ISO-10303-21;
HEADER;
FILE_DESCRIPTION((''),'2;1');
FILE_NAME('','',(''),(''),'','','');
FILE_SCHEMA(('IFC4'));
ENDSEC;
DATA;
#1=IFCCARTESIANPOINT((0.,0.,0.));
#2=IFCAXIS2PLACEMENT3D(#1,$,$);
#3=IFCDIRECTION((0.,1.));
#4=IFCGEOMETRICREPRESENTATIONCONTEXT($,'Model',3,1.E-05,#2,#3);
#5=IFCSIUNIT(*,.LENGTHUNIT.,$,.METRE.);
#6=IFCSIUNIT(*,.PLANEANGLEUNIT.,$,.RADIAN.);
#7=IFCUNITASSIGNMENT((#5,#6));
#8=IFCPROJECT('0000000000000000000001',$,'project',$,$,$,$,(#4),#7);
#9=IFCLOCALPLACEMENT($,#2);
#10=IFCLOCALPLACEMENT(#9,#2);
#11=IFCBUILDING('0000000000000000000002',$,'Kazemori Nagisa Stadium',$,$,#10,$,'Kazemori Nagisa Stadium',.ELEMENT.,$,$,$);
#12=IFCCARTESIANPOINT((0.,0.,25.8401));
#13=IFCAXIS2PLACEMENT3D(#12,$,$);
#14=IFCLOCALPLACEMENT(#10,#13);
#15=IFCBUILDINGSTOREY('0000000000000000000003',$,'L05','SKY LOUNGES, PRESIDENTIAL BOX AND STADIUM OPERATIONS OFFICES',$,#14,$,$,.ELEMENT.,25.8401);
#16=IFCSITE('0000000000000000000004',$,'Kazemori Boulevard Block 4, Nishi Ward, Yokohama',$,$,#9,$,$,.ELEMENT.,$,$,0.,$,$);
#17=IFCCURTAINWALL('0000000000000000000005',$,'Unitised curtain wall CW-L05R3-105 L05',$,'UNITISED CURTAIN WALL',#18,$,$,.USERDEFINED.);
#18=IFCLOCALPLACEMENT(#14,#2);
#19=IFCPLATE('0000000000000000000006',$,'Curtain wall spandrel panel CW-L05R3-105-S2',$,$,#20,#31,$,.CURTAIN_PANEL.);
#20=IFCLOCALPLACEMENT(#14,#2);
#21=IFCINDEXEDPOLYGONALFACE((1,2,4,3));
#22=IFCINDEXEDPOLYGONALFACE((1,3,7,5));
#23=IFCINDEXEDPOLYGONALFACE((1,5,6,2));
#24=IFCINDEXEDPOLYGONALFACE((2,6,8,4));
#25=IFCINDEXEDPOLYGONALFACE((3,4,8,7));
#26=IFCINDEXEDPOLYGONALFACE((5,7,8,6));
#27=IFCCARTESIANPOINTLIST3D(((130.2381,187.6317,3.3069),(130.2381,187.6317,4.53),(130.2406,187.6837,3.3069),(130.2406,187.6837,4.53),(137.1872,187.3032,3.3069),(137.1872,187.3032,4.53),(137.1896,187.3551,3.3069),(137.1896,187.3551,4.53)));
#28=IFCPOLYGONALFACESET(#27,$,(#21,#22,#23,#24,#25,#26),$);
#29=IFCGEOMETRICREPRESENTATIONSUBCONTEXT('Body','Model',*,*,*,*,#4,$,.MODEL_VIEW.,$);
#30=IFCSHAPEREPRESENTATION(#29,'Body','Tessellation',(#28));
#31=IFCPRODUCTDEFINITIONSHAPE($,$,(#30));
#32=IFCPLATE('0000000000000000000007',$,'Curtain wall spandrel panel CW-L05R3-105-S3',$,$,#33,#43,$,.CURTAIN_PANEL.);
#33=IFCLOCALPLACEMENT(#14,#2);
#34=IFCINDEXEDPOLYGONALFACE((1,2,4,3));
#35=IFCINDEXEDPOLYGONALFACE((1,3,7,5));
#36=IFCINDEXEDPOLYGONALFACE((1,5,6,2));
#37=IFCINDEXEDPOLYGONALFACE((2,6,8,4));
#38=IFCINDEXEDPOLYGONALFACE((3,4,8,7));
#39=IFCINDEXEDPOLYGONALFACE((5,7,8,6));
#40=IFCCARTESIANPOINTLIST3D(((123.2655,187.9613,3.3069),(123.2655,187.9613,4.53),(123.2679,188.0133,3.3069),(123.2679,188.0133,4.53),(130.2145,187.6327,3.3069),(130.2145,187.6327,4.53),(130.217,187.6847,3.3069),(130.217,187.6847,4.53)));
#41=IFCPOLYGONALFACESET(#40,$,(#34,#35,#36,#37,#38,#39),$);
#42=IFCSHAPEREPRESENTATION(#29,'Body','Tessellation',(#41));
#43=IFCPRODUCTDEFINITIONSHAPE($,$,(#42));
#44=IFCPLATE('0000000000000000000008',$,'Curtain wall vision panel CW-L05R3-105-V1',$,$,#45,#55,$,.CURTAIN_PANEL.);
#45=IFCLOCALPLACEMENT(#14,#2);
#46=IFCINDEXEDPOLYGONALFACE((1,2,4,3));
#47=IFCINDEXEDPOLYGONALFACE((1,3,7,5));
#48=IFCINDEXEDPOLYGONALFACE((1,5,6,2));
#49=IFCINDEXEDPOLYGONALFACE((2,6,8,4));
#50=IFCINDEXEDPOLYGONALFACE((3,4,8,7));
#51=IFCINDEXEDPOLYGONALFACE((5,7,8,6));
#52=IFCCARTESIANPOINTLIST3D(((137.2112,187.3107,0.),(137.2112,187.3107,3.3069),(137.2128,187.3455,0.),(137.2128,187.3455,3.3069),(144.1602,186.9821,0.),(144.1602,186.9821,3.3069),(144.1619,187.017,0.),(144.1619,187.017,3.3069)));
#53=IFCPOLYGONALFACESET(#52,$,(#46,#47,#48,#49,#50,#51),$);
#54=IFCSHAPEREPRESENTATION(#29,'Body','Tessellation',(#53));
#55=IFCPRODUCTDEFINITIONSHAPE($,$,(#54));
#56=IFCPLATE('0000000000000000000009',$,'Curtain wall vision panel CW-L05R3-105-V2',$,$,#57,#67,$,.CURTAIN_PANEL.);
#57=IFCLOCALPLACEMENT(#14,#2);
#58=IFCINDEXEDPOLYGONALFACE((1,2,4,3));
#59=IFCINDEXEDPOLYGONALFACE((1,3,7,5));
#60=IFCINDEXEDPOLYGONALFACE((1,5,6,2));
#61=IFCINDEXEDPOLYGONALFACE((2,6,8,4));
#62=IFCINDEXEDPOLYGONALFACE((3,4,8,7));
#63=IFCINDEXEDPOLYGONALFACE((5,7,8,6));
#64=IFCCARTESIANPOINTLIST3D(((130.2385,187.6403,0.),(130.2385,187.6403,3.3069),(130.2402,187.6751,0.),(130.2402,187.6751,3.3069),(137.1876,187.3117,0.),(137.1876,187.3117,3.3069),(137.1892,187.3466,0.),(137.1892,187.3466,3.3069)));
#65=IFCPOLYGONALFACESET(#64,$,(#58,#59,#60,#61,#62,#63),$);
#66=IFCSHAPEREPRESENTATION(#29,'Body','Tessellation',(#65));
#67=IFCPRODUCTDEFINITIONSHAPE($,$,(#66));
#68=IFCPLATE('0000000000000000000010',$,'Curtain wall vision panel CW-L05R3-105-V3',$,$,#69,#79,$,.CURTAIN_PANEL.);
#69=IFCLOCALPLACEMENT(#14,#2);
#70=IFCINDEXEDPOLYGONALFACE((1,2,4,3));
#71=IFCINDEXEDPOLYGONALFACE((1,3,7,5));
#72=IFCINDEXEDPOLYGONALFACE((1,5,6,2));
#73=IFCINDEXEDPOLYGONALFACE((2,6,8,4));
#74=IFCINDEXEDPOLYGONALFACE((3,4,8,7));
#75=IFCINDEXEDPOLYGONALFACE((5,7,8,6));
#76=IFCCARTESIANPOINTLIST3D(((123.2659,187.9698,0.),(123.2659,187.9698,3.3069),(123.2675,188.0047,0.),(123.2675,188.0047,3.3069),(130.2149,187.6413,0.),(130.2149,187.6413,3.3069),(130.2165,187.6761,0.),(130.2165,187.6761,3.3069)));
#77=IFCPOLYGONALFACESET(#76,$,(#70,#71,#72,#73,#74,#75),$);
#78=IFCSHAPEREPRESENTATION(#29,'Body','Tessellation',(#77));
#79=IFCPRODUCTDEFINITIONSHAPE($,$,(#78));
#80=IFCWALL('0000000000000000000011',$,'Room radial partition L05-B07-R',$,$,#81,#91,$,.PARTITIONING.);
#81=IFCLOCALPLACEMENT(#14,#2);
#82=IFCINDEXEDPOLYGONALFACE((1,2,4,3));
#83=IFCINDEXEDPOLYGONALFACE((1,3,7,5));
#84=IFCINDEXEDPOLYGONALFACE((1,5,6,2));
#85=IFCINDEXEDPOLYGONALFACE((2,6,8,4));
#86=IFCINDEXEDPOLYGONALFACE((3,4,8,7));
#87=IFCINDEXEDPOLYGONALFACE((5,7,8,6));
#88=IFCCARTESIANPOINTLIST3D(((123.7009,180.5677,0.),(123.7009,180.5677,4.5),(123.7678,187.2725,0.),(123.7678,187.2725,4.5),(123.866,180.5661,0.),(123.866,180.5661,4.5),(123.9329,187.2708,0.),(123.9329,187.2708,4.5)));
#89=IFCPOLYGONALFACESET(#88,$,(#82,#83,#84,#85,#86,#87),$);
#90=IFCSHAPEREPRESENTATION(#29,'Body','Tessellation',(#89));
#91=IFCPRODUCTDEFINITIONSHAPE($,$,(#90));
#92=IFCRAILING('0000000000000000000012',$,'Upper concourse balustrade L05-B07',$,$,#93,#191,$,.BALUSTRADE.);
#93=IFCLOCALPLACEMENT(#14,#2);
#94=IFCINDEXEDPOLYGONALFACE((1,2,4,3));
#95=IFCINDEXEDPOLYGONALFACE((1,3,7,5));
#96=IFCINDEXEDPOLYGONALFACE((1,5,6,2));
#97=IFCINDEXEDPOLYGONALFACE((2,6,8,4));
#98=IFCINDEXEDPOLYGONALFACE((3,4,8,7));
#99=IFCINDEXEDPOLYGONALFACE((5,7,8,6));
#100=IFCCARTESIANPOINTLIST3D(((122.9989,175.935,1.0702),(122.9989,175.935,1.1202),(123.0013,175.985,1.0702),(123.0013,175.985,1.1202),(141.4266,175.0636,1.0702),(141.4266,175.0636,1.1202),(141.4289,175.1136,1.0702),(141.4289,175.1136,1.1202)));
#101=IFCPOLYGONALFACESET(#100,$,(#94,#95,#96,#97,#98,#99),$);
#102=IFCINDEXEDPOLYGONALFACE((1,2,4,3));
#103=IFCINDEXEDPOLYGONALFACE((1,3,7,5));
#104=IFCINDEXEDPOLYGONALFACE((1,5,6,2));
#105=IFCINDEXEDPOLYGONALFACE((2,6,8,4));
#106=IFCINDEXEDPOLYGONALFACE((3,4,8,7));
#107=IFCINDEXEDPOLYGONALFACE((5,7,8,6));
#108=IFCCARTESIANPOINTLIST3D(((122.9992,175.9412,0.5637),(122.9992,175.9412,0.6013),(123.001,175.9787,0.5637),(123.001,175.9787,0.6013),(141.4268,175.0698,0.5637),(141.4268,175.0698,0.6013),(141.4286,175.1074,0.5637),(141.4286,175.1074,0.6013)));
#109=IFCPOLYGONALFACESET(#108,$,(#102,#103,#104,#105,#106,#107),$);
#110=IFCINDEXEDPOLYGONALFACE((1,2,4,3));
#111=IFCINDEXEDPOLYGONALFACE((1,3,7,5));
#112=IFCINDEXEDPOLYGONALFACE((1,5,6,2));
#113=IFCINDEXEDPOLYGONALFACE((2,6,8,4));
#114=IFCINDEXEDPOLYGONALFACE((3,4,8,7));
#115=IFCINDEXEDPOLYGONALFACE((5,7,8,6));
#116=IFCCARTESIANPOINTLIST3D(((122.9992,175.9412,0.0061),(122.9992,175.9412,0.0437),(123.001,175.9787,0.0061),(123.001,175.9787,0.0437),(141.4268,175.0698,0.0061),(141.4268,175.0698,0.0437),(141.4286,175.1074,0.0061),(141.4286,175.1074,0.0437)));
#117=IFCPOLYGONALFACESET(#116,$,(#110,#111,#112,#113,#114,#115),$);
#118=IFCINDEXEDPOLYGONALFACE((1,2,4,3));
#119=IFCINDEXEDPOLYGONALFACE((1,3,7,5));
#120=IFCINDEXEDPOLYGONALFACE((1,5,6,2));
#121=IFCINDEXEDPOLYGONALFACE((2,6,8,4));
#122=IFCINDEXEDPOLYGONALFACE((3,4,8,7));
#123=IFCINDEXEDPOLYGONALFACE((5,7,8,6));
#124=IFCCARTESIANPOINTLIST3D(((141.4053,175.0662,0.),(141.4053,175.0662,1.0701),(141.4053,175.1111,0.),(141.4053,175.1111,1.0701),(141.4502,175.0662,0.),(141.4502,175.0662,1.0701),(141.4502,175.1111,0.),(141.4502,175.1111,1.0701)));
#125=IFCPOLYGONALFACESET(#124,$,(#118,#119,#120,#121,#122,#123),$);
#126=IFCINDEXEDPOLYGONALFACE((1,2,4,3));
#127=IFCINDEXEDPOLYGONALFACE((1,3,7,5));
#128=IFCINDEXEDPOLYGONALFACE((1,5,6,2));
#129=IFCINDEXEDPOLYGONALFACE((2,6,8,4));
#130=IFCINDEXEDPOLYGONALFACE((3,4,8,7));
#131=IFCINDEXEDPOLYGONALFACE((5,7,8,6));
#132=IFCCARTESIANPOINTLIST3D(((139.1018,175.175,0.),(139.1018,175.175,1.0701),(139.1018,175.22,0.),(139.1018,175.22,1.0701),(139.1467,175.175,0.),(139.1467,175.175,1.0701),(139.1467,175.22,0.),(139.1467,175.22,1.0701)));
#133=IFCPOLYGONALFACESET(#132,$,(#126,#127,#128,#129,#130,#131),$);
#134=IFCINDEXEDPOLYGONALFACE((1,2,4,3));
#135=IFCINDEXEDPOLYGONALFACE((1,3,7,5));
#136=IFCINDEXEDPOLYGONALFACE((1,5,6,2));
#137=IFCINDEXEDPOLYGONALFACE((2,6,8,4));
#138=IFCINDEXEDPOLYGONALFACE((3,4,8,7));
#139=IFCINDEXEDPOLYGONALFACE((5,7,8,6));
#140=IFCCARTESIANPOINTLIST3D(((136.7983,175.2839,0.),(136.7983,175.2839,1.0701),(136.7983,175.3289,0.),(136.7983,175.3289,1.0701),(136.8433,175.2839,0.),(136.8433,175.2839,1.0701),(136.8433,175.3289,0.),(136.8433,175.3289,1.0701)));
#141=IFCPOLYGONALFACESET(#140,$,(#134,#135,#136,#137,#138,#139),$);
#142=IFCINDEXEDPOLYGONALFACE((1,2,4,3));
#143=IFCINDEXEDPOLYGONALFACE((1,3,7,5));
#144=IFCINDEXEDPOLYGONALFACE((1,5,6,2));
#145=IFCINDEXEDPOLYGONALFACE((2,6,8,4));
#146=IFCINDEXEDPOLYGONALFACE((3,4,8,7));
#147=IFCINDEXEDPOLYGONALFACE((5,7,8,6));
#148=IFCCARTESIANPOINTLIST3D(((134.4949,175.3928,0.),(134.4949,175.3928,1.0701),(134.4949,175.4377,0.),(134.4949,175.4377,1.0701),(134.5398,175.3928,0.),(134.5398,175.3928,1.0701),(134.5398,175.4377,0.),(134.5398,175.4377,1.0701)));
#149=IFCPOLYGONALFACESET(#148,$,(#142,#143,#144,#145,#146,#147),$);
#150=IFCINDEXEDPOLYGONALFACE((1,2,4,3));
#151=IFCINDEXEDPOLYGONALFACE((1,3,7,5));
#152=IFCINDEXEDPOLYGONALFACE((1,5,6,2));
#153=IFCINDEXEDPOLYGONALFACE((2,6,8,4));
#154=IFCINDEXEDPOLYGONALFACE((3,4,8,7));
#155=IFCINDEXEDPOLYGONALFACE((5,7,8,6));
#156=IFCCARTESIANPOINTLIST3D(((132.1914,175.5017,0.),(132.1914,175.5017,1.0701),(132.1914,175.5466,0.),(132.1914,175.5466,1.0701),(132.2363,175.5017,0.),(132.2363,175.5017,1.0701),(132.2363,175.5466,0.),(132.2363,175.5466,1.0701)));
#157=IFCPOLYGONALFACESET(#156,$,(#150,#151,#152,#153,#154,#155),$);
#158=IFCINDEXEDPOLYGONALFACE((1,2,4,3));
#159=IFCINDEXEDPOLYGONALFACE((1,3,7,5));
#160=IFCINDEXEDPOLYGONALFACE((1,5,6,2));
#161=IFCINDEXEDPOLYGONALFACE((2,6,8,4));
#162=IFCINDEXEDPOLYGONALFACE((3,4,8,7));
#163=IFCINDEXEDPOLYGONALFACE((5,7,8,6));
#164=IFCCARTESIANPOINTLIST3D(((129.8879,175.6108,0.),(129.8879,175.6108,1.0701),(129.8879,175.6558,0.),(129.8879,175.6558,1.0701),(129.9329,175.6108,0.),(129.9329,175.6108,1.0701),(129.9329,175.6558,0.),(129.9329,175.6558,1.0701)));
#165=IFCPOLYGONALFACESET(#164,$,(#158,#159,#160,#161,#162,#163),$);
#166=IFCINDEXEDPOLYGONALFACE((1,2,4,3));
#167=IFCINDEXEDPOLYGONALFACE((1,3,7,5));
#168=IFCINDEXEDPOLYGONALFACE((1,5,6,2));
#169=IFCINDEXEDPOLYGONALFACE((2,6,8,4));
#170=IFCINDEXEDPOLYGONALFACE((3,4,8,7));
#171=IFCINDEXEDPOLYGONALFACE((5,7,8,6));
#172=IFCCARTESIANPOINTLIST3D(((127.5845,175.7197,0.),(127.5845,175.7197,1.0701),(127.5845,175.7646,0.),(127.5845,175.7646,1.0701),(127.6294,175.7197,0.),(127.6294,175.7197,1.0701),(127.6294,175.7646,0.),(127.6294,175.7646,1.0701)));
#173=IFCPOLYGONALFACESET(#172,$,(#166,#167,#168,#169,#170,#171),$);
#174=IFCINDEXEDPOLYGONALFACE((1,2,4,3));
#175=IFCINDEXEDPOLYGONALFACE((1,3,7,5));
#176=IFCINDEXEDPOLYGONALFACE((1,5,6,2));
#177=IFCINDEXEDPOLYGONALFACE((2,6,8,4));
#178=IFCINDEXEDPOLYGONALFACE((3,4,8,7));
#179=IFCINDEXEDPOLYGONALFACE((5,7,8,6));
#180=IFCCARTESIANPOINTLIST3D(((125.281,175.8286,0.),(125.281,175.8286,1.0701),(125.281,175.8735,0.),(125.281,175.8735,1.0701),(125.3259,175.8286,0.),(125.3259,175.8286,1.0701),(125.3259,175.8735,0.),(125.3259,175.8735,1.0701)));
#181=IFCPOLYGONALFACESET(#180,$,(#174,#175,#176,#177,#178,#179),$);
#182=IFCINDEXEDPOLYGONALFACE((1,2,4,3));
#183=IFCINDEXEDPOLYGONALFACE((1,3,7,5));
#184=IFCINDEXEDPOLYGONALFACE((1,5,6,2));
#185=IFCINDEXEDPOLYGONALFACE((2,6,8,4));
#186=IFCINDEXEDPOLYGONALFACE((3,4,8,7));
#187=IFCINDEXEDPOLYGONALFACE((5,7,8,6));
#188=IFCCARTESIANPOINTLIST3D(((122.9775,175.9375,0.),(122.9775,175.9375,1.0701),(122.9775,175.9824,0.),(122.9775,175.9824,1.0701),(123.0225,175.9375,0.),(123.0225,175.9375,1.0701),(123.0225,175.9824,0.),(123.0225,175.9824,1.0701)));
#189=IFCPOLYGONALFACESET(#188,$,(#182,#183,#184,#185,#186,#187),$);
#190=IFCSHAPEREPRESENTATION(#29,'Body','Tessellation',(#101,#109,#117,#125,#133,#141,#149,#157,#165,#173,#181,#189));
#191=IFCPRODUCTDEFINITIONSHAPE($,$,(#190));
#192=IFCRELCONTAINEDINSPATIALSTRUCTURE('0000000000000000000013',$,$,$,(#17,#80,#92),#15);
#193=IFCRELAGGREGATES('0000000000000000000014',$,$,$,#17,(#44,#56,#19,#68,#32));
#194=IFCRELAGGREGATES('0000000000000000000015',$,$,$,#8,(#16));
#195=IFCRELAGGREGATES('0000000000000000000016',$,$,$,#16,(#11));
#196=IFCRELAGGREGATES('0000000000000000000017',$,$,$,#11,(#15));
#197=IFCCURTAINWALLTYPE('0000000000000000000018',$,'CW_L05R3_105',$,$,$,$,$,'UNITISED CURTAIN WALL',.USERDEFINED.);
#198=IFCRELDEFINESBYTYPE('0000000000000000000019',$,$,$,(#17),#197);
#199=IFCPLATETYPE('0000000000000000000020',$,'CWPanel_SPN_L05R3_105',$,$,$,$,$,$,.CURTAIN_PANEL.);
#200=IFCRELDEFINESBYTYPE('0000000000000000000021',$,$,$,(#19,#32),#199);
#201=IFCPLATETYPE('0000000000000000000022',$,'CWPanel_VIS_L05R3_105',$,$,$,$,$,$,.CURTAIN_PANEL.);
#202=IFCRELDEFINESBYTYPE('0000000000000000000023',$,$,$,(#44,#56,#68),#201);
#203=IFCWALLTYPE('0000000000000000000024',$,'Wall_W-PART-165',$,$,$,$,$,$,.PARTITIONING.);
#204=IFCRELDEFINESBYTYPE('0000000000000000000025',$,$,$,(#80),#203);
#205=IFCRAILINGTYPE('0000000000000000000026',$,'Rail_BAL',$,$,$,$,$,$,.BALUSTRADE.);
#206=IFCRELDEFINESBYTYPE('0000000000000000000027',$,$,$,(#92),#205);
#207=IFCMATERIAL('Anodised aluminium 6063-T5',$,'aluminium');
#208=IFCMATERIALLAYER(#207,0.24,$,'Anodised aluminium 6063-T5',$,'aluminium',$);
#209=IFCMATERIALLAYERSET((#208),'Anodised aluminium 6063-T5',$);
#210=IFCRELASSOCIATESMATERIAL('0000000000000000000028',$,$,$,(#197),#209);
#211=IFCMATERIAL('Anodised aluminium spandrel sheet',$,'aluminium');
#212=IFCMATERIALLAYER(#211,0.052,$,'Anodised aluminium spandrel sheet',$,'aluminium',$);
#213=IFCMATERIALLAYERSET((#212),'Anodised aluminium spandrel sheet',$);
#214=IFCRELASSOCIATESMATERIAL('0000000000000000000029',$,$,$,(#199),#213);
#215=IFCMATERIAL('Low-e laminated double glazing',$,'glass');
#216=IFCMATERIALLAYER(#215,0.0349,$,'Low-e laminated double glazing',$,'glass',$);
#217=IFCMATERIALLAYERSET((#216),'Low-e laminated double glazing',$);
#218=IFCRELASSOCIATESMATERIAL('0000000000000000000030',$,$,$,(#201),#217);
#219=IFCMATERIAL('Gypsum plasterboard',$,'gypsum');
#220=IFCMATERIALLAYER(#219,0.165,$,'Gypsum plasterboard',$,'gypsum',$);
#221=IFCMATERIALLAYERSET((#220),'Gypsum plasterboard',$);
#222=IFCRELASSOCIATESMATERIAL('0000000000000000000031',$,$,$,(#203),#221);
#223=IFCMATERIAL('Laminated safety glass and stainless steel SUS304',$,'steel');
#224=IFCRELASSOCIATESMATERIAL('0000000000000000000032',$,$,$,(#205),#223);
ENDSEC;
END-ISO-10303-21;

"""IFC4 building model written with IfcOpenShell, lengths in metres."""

from ifc_helpers import new_model, si_unit, direction, frame, frame_2d, origin, origin_2d, place, context, subcontext, project, spatial, rectangle, extrude, material, layer, layer_set, type_object, element, aggregate, save


model = new_model("IFC4")

# Units and contexts
model_context = context("Model", 3, precision=1e-05, world=origin(), true_north=direction((0.0, 1.0)))
body_context = subcontext(model_context, "Body", "Model", "MODEL_VIEW")
ifc_project = project(units=[si_unit("LENGTHUNIT", "METRE"), si_unit("PLANEANGLEUNIT", "RADIAN")], contexts=[model_context])

# Site, building, storey
site_placement = place(None, origin())
site = spatial("IfcSite", under=ifc_project, at=site_placement, Name="Kazemori Boulevard Block 4, Nishi Ward, Yokohama", CompositionType="ELEMENT", RefElevation=0.0)
building_placement = place(site_placement, origin())
building = spatial("IfcBuilding", under=site, at=building_placement, Name="Kazemori Nagisa Stadium", LongName="Kazemori Nagisa Stadium", CompositionType="ELEMENT")
storey_placement = place(building_placement, frame((0.0, 0.0, 25.8401)))
storey = spatial("IfcBuildingStorey", under=building, at=storey_placement, Name="L05", Description="SKY LOUNGES, PRESIDENTIAL BOX AND STADIUM OPERATIONS OFFICES", CompositionType="ELEMENT", Elevation=25.8401)

# Curtain wall, plates
ifc_material_1 = material(Name="Anodised aluminium 6063-T5", Category="aluminium")
ifc_layer_1 = layer(ifc_material_1, 0.24, Name="Anodised aluminium 6063-T5", Category="aluminium")
ifc_layer_set_1 = layer_set([ifc_layer_1], Name="Anodised aluminium 6063-T5")
curtain_wall_type = type_object("IfcCurtainWallType", Name="CW_L05R3_105", ElementType="UNITISED CURTAIN WALL", PredefinedType="USERDEFINED", material=ifc_layer_set_1)
curtain_wall_placement = place(storey_placement, origin())
curtain_wall = element("IfcCurtainWall", 1, at=curtain_wall_placement, inside=storey, type_object=curtain_wall_type, Name="Unitised curtain wall CW-L05R3-105 L05", ObjectType="UNITISED CURTAIN WALL", PredefinedType="USERDEFINED")
ifc_material_2 = material(Name="Anodised aluminium spandrel sheet", Category="aluminium")
ifc_layer_2 = layer(ifc_material_2, 0.052, Name="Anodised aluminium spandrel sheet", Category="aluminium")
ifc_layer_set_2 = layer_set([ifc_layer_2], Name="Anodised aluminium spandrel sheet")
plate_type_1 = type_object("IfcPlateType", Name="CWPanel_SPN_L05R3_105", PredefinedType="CURTAIN_PANEL", material=ifc_layer_set_2)
plate_1_placement = place(storey_placement, frame((133.7139, 187.4934, 3.3069), z_axis=(0.0, 0.0, 1.0), x_axis=(-0.998884, 0.04723, 0.0)))
plate_1 = element("IfcPlate", 2, at=plate_1_placement, type_object=plate_type_1, Name="Curtain wall spandrel panel CW-L05R3-105-S2", PredefinedType="CURTAIN_PANEL", context=body_context, shape_type="SweptSolid", body=[
    extrude(rectangle(XDim=6.9568, YDim=0.052, at=origin_2d()), origin(), (0.0, 0.0, 1.0), 1.2231),
])
plate_2_placement = place(storey_placement, frame((126.7412, 187.823, 3.3069), z_axis=(0.0, 0.0, 1.0), x_axis=(-0.998884, 0.04723, 0.0)))
plate_2 = element("IfcPlate", 3, at=plate_2_placement, type_object=plate_type_1, Name="Curtain wall spandrel panel CW-L05R3-105-S3", PredefinedType="CURTAIN_PANEL", context=body_context, shape_type="SweptSolid", body=[
    extrude(rectangle(XDim=6.9568, YDim=0.052, at=origin_2d()), origin(), (0.0, 0.0, 1.0), 1.2231),
])
ifc_material_3 = material(Name="Low-e laminated double glazing", Category="glass")
ifc_layer_3 = layer(ifc_material_3, 0.0349, Name="Low-e laminated double glazing", Category="glass")
ifc_layer_set_3 = layer_set([ifc_layer_3], Name="Low-e laminated double glazing")
plate_type_2 = type_object("IfcPlateType", Name="CWPanel_VIS_L05R3_105", PredefinedType="CURTAIN_PANEL", material=ifc_layer_set_3)
plate_3_placement = place(storey_placement, frame((140.6865, 187.1638, 0.0), z_axis=(0.0, 0.0, 1.0), x_axis=(-0.998884, 0.04723, 0.0)))
plate_3 = element("IfcPlate", 4, at=plate_3_placement, type_object=plate_type_2, Name="Curtain wall vision panel CW-L05R3-105-V1", PredefinedType="CURTAIN_PANEL", context=body_context, shape_type="SweptSolid", body=[
    extrude(rectangle(XDim=6.9568, YDim=0.0349, at=origin_2d()), origin(), (0.0, 0.0, 1.0), 3.3069),
])
plate_4_placement = place(storey_placement, frame((133.7139, 187.4934, 0.0), z_axis=(0.0, 0.0, 1.0), x_axis=(-0.998884, 0.04723, 0.0)))
plate_4 = element("IfcPlate", 5, at=plate_4_placement, type_object=plate_type_2, Name="Curtain wall vision panel CW-L05R3-105-V2", PredefinedType="CURTAIN_PANEL", context=body_context, shape_type="SweptSolid", body=[
    extrude(rectangle(XDim=6.9568, YDim=0.0349, at=origin_2d()), origin(), (0.0, 0.0, 1.0), 3.3069),
])
plate_5_placement = place(storey_placement, frame((126.7412, 187.823, 0.0), z_axis=(0.0, 0.0, 1.0), x_axis=(-0.998884, 0.04723, 0.0)))
plate_5 = element("IfcPlate", 6, at=plate_5_placement, type_object=plate_type_2, Name="Curtain wall vision panel CW-L05R3-105-V3", PredefinedType="CURTAIN_PANEL", context=body_context, shape_type="SweptSolid", body=[
    extrude(rectangle(XDim=6.9568, YDim=0.0349, at=origin_2d()), origin(), (0.0, 0.0, 1.0), 3.3069),
])
aggregate(curtain_wall, [plate_3, plate_4, plate_1, plate_5, plate_2])

# Wall
ifc_material_4 = material(Name="Gypsum plasterboard", Category="gypsum")
ifc_layer_4 = layer(ifc_material_4, 0.165, Name="Gypsum plasterboard", Category="gypsum")
ifc_layer_set_4 = layer_set([ifc_layer_4], Name="Gypsum plasterboard")
wall_type = type_object("IfcWallType", Name="Wall_W-PART-165", PredefinedType="PARTITIONING", material=ifc_layer_set_4)
wall_placement = place(storey_placement, frame((123.7834, 180.5669, 0.0), z_axis=(0.0, 0.0, 1.0), x_axis=(0.009977, 0.99995, 0.0)))
element("IfcWall", 7, at=wall_placement, inside=storey, type_object=wall_type, Name="Room radial partition L05-B07-R", PredefinedType="PARTITIONING", context=body_context, shape_type="SweptSolid", body=[
    extrude(rectangle(XDim=6.7051, YDim=0.165, at=frame_2d((3.3525, 0.0))), origin(), (0.0, 0.0, 1.0), 4.5),
])

# Railing
ifc_material_5 = material(Name="Laminated safety glass and stainless steel SUS304", Category="steel")
railing_type = type_object("IfcRailingType", Name="Rail_BAL", PredefinedType="BALUSTRADE", material=ifc_material_5)
railing_1_placement = place(storey_placement, frame((141.4277, 175.0886, 0.0)))
element("IfcRailing", 8, at=railing_1_placement, inside=storey, type_object=railing_type, Name="Upper concourse balustrade L05-B07", PredefinedType="BALUSTRADE", context=body_context, shape_type="SweptSolid", body=[
    extrude(rectangle(XDim=0.05, YDim=0.05, at=origin_2d()), frame((0.0, 0.0, 1.0952), z_axis=(-0.998884, 0.047231, 0.0), x_axis=(-0.047231, -0.998884, 0.0)), (0.0, 0.0, 1.0), 18.4482),
    extrude(rectangle(XDim=0.0376, YDim=0.0376, at=origin_2d()), frame((0.0, 0.0, 0.5825), z_axis=(-0.998884, 0.047231, 0.0), x_axis=(-0.047231, -0.998884, 0.0)), (0.0, 0.0, 1.0), 18.4482),
    extrude(rectangle(XDim=0.0376, YDim=0.0376, at=origin_2d()), frame((0.0, 0.0, 0.0249), z_axis=(-0.998884, 0.047231, 0.0), x_axis=(-0.047231, -0.998884, 0.0)), (0.0, 0.0, 1.0), 18.4482),
    extrude(rectangle(XDim=0.0449, YDim=0.0449, at=origin_2d()), origin(), (0.0, 0.0, 1.0), 1.0701),
    extrude(rectangle(XDim=0.0449, YDim=0.0449, at=origin_2d()), frame((-2.3035, 0.1089, 0.0)), (0.0, 0.0, 1.0), 1.0701),
    extrude(rectangle(XDim=0.0449, YDim=0.0449, at=origin_2d()), frame((-4.6069, 0.2178, 0.0)), (0.0, 0.0, 1.0), 1.0701),
    extrude(rectangle(XDim=0.0449, YDim=0.0449, at=origin_2d()), frame((-6.9104, 0.3267, 0.0)), (0.0, 0.0, 1.0), 1.0701),
    extrude(rectangle(XDim=0.0449, YDim=0.0449, at=origin_2d()), frame((-9.2139, 0.4355, 0.0)), (0.0, 0.0, 1.0), 1.0701),
    extrude(rectangle(XDim=0.0449, YDim=0.0449, at=origin_2d()), frame((-11.5173, 0.5447, 0.0)), (0.0, 0.0, 1.0), 1.0701),
    extrude(rectangle(XDim=0.0449, YDim=0.0449, at=origin_2d()), frame((-13.8208, 0.6536, 0.0)), (0.0, 0.0, 1.0), 1.0701),
    extrude(rectangle(XDim=0.0449, YDim=0.0449, at=origin_2d()), frame((-16.1243, 0.7625, 0.0)), (0.0, 0.0, 1.0), 1.0701),
    extrude(rectangle(XDim=0.0449, YDim=0.0449, at=origin_2d()), frame((-18.4277, 0.8713, 0.0)), (0.0, 0.0, 1.0), 1.0701),
])

save(model, "model.ifc")
